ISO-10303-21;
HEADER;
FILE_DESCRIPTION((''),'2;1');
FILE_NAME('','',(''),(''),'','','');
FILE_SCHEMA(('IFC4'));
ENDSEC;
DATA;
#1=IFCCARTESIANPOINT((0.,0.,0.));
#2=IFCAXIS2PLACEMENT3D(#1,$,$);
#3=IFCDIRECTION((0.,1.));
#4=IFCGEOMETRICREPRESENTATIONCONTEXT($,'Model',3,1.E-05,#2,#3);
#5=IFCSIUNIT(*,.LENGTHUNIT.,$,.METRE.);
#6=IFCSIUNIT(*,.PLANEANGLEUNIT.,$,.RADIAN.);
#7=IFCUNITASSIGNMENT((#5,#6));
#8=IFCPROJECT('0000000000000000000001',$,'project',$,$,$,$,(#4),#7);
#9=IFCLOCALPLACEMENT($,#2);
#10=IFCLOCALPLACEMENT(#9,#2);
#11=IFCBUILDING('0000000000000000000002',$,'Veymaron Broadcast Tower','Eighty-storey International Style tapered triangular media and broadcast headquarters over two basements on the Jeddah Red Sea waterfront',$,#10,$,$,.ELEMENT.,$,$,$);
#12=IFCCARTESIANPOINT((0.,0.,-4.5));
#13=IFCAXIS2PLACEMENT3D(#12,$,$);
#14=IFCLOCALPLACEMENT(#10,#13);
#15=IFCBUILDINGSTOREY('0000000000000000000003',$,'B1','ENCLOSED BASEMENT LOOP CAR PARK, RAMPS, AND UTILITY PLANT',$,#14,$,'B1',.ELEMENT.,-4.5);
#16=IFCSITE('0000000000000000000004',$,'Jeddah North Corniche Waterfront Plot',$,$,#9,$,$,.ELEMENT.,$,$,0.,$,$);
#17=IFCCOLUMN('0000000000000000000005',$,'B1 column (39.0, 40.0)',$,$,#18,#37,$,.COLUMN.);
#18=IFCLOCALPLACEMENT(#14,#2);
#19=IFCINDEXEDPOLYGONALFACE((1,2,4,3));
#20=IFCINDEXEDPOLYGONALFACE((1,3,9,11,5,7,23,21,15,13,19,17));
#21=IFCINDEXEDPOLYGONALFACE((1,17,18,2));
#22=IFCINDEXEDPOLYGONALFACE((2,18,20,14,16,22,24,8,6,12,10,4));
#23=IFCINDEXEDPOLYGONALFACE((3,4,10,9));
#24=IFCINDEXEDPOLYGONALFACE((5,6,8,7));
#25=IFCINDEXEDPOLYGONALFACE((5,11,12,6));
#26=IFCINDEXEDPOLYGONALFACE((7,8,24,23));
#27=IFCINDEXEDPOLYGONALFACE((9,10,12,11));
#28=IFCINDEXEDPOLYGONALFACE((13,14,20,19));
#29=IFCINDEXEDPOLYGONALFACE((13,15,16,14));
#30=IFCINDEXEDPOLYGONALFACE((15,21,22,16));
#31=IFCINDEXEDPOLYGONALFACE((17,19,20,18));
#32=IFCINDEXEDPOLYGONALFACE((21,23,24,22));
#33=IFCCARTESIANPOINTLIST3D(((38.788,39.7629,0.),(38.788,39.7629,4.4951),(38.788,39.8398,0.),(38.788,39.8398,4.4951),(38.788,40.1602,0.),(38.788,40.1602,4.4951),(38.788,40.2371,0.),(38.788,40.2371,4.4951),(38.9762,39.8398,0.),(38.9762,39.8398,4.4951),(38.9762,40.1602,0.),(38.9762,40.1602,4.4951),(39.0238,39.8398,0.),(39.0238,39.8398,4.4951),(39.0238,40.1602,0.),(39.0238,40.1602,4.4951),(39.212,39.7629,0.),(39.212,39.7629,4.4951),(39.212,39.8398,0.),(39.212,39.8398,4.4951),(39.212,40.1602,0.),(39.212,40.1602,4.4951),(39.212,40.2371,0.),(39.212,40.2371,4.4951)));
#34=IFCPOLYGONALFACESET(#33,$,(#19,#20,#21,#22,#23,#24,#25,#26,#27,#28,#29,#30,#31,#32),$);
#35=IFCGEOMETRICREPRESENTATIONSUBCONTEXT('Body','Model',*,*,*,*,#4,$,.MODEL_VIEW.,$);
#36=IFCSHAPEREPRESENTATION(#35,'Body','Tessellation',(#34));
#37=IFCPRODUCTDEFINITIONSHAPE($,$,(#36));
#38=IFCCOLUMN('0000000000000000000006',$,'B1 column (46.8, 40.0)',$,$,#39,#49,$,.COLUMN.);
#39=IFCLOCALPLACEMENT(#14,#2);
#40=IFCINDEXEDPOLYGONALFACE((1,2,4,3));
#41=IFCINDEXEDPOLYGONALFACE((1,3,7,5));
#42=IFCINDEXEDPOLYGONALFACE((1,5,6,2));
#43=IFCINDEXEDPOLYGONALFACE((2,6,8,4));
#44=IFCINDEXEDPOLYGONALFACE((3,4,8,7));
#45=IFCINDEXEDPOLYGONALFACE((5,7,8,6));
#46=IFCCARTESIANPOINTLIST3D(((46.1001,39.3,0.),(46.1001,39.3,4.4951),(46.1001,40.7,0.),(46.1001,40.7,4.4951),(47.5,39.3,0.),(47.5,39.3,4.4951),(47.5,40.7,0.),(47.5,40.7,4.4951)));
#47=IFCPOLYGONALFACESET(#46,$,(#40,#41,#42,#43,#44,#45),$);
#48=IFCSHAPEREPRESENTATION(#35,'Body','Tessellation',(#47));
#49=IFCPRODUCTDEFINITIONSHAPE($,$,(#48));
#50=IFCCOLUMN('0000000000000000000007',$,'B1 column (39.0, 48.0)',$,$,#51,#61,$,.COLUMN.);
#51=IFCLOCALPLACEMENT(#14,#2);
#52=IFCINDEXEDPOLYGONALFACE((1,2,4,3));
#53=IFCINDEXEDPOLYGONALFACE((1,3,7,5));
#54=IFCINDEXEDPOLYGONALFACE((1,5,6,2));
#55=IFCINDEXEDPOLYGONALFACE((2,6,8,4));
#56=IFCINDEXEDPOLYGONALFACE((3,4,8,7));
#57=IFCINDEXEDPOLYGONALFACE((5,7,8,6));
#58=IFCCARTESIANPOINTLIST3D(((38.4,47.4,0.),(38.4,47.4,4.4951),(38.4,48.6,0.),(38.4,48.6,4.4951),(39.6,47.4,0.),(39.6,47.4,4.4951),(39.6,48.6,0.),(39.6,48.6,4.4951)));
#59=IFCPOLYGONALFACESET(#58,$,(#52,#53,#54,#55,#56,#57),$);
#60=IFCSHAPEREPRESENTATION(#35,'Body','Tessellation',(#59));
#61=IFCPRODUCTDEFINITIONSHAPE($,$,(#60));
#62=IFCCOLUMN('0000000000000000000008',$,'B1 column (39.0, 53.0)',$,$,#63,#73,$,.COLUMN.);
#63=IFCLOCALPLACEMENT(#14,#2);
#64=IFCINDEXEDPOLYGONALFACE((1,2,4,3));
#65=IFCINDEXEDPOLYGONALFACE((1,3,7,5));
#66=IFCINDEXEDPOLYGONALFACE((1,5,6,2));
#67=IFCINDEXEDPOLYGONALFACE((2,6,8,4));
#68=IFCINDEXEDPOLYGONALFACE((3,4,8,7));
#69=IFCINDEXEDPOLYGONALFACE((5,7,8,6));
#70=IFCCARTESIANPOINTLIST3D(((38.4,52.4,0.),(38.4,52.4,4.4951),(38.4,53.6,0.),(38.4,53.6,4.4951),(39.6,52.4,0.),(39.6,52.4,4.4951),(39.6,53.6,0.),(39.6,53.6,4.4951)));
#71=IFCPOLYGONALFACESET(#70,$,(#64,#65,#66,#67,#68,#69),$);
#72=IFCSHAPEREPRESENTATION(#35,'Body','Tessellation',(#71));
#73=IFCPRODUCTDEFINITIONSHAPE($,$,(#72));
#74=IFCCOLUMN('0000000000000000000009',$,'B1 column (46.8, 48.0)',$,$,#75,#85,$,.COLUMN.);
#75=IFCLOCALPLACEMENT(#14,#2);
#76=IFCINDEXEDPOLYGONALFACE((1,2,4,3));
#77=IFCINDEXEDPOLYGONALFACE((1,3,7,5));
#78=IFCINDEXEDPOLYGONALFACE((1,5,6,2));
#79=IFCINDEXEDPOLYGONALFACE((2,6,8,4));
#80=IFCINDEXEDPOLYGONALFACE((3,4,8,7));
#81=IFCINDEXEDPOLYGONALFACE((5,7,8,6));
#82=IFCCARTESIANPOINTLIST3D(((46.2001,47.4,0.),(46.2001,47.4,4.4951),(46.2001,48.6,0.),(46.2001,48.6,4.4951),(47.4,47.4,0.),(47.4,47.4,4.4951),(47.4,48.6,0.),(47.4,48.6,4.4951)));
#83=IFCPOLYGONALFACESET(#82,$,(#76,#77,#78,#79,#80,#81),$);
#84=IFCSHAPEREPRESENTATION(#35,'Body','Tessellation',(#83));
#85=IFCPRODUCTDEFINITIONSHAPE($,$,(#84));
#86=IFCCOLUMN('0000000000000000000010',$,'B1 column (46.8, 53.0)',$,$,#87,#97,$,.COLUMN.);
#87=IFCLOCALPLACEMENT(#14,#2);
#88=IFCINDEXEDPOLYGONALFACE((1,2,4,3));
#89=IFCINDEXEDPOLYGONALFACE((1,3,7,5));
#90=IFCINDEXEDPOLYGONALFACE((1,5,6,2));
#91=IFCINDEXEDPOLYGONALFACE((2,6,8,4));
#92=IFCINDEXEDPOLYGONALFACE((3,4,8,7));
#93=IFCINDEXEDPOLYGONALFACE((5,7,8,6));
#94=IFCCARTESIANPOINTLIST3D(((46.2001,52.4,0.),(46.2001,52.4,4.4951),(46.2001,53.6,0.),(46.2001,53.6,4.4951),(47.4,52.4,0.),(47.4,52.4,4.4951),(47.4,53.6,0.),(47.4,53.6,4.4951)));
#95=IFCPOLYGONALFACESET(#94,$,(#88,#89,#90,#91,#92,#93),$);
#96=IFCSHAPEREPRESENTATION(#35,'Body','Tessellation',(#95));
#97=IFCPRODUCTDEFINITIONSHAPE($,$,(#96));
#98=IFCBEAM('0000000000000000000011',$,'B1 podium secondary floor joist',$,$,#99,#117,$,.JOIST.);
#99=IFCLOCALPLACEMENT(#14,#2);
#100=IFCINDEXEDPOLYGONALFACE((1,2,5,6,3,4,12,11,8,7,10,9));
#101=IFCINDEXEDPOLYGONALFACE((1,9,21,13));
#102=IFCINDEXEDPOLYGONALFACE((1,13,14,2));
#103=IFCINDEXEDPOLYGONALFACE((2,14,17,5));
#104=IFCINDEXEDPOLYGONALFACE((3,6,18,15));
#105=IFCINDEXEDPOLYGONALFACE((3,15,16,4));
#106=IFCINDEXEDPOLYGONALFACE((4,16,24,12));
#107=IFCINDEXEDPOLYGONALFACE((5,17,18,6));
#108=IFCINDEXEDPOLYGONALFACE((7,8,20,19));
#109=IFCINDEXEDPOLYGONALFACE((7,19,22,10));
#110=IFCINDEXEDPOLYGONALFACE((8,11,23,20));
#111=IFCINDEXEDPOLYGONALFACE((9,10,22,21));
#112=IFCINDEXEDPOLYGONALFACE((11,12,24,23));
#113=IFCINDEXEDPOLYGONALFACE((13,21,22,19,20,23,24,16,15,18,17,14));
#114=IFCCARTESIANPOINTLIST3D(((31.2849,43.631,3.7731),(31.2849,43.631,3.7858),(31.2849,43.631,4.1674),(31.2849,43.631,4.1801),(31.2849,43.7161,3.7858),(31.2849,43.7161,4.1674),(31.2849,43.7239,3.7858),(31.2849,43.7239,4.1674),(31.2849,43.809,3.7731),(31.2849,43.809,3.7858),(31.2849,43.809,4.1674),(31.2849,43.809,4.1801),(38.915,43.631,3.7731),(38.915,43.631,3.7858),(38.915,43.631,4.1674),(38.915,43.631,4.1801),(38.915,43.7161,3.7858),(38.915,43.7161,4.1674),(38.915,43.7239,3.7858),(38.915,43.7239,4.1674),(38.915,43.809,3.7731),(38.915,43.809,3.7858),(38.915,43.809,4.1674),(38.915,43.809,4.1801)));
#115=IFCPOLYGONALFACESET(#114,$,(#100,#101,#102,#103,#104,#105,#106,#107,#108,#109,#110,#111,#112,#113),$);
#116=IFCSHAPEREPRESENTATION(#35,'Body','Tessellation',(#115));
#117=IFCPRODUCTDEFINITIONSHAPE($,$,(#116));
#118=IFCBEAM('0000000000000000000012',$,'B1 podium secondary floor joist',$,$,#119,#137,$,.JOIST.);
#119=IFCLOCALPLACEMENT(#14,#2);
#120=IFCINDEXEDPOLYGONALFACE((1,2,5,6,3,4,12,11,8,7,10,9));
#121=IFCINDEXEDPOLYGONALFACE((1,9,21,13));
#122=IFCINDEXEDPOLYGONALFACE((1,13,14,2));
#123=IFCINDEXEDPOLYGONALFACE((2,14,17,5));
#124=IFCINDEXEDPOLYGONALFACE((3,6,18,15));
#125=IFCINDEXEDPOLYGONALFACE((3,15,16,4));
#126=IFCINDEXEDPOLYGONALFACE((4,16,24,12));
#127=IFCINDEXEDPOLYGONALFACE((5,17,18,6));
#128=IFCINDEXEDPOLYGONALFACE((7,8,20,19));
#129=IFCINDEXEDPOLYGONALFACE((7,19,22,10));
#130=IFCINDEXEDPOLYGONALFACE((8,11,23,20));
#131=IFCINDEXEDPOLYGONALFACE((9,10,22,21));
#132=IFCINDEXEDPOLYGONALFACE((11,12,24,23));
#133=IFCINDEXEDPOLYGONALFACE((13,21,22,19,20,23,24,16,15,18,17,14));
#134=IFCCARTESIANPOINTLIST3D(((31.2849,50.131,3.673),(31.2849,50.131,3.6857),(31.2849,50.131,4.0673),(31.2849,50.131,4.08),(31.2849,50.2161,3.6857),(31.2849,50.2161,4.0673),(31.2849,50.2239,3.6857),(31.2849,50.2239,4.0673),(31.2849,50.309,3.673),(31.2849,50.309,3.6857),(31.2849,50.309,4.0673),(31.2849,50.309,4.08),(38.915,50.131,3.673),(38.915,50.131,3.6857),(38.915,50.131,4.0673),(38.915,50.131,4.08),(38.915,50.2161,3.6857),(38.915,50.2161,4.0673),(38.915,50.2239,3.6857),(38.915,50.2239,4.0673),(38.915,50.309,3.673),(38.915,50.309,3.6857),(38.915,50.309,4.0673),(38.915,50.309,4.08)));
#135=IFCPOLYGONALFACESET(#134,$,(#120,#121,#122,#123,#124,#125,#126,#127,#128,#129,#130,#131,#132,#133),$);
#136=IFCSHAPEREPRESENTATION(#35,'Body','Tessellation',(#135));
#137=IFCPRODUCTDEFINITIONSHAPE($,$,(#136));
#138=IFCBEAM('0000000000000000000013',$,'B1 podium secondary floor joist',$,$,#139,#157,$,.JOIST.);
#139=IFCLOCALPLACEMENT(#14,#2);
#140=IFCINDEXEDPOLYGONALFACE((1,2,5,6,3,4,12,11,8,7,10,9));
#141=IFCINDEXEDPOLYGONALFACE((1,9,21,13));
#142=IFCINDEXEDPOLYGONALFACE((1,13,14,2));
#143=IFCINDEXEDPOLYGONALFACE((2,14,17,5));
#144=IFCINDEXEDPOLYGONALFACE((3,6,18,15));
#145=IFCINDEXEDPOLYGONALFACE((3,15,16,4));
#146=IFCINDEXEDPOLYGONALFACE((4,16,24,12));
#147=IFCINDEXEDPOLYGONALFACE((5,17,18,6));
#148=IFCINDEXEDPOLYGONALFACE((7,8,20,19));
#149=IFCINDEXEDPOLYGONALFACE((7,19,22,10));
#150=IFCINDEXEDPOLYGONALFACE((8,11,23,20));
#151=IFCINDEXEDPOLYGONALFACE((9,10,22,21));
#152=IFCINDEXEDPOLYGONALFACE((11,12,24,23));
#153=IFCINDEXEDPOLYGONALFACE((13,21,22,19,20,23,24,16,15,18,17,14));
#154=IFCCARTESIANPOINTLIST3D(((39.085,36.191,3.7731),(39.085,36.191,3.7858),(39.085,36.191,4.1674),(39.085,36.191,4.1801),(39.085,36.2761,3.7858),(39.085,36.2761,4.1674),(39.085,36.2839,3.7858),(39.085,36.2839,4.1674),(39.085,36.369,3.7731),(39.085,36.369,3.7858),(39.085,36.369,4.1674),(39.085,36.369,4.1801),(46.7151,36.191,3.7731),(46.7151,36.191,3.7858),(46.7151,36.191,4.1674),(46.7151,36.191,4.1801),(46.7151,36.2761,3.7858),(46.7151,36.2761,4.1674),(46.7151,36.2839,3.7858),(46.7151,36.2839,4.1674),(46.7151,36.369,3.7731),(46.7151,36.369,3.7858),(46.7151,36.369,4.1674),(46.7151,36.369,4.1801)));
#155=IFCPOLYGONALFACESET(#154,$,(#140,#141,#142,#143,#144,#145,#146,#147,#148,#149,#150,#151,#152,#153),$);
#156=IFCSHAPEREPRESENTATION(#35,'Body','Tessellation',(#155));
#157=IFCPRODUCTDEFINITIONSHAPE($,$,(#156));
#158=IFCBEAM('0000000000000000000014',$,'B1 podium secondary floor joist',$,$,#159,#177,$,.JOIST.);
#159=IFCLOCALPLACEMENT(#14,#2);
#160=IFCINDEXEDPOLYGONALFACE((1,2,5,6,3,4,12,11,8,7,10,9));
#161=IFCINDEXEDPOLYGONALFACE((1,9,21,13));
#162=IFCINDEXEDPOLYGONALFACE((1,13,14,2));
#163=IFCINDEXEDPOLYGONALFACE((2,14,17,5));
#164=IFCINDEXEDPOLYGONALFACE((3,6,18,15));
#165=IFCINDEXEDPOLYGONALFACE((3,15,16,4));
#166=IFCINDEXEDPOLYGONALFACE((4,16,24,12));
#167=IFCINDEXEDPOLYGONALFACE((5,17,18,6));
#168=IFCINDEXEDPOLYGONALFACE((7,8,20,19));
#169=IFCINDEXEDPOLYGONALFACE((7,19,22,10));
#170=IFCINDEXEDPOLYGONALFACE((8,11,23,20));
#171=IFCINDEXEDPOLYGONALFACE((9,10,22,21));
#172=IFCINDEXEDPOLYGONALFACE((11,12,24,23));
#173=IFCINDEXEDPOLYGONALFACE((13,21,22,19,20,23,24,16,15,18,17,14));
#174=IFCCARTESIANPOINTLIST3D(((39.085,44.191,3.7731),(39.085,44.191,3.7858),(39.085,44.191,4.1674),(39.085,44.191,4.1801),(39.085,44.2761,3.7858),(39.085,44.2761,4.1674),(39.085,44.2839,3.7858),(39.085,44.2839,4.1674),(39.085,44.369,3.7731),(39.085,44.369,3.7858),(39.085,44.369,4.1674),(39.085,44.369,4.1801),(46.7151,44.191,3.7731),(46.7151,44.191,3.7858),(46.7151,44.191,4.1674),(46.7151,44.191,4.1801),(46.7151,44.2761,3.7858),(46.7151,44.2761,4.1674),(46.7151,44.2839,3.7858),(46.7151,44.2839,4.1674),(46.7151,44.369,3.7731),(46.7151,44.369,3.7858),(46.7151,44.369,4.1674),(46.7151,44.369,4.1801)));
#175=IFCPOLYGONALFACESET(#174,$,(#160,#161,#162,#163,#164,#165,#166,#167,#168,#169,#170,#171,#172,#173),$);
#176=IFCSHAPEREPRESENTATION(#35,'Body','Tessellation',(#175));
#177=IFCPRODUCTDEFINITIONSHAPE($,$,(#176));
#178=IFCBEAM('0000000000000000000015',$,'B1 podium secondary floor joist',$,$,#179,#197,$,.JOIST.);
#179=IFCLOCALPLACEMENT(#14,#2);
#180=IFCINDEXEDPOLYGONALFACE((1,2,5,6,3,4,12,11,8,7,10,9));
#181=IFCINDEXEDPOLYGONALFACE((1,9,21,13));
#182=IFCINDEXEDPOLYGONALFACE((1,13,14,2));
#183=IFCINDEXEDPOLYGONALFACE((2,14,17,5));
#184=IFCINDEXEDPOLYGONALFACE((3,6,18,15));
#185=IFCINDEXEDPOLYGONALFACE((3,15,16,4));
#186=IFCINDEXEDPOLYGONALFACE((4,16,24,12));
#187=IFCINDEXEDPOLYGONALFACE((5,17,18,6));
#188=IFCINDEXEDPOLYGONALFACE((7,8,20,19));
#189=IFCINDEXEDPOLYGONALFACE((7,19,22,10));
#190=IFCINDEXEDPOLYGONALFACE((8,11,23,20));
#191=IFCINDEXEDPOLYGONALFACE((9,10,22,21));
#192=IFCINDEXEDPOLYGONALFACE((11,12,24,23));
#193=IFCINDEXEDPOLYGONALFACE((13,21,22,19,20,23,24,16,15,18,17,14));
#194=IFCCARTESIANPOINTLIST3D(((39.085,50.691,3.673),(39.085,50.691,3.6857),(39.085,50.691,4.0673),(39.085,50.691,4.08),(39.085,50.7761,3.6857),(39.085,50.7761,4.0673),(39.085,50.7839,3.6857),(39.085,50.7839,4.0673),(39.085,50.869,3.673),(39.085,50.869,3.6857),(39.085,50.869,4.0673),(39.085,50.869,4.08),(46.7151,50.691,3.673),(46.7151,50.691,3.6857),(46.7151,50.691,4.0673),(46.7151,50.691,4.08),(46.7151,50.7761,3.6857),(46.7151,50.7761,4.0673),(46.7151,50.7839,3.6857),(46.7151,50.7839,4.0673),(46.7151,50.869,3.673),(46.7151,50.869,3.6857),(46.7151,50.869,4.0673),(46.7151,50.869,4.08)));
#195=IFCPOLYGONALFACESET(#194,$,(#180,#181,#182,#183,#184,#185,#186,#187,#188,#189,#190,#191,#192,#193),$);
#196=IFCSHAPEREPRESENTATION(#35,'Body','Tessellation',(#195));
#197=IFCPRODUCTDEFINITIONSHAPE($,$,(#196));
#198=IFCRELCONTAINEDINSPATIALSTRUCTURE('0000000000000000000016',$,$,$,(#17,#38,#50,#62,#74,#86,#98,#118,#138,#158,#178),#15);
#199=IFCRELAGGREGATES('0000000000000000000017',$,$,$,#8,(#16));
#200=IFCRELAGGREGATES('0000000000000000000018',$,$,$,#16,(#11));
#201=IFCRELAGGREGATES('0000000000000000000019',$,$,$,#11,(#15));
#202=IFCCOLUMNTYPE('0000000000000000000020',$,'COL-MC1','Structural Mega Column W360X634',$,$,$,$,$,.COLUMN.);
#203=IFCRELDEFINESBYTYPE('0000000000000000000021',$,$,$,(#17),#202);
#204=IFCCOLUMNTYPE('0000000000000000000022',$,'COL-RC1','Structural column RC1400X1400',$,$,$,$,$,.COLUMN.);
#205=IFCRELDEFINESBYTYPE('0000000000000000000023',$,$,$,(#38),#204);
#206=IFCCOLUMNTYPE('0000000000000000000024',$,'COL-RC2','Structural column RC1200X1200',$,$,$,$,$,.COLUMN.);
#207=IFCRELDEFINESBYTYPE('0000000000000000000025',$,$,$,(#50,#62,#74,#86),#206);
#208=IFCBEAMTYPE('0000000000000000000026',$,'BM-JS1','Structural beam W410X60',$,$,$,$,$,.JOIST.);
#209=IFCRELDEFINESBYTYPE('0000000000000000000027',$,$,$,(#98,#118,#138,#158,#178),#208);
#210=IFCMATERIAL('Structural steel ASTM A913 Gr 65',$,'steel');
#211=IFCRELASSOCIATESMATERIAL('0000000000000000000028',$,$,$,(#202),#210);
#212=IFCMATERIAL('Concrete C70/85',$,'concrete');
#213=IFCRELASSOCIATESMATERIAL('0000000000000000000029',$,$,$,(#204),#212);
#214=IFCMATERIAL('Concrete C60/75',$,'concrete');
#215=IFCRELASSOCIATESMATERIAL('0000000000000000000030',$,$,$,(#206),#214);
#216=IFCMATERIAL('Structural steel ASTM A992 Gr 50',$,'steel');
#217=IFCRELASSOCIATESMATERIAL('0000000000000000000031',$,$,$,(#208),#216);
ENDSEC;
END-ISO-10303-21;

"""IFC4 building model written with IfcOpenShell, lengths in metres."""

from ifc_helpers import new_model, si_unit, direction, frame, origin, origin_2d, place, context, subcontext, project, spatial, rectangle, i_section, extrude, material, material_profile, profile_set, type_object, element, save


model = new_model("IFC4")

# Units and contexts
model_context = context("Model", 3, precision=1e-05, world=origin(), true_north=direction((0.0, 1.0)))
body_context = subcontext(model_context, "Body", "Model", "MODEL_VIEW")
ifc_project = project(units=[si_unit("LENGTHUNIT", "METRE"), si_unit("PLANEANGLEUNIT", "RADIAN")], contexts=[model_context])

# Site, building, storey
site_placement = place(None, origin())
site = spatial("IfcSite", under=ifc_project, at=site_placement, Name="Jeddah North Corniche Waterfront Plot", CompositionType="ELEMENT", RefElevation=0.0)
building_placement = place(site_placement, origin())
building = spatial("IfcBuilding", under=site, at=building_placement, Name="Veymaron Broadcast Tower", Description="Eighty-storey International Style tapered triangular media and broadcast headquarters over two basements on the Jeddah Red Sea waterfront", CompositionType="ELEMENT")
storey_placement = place(building_placement, frame((0.0, 0.0, -4.5)))
storey = spatial("IfcBuildingStorey", under=building, at=storey_placement, Name="B1", Description="ENCLOSED BASEMENT LOOP CAR PARK, RAMPS, AND UTILITY PLANT", LongName="B1", CompositionType="ELEMENT", Elevation=-4.5)

# Columns
ifc_material_1 = material(Name="Structural steel ASTM A913 Gr 65", Category="steel")
ifc_material_profile_1 = material_profile(ifc_material_1, i_section(OverallWidth=0.4241, OverallDepth=0.4741, WebThickness=0.0476, FlangeThickness=0.0769, at=origin_2d()), Name="W360X634")
ifc_profile_set_1 = profile_set([ifc_material_profile_1], Name="Structural steel ASTM A913 Gr 65")
column_type_1 = type_object("IfcColumnType", Name="COL-MC1", Description="Structural Mega Column W360X634", PredefinedType="COLUMN", material=ifc_profile_set_1)
column_1_placement = place(storey_placement, frame((39.0, 40.0, 0.0), z_axis=(0.0, 0.0, 1.0), x_axis=(1.0, 0.0, 0.0)))
element("IfcColumn", 1, at=column_1_placement, inside=storey, type_object=column_type_1, Name="B1 column (39.0, 40.0)", PredefinedType="COLUMN", context=body_context, shape_type="SweptSolid", body=[
    extrude(i_section(OverallWidth=0.4241, OverallDepth=0.4741, WebThickness=0.0476, FlangeThickness=0.0769, at=origin_2d()), origin(), (0.0, 0.0, 1.0), 4.4951),
])
ifc_material_2 = material(Name="Concrete C70/85", Category="concrete")
ifc_material_profile_2 = material_profile(ifc_material_2, rectangle(XDim=1.3999, YDim=1.3999, at=origin_2d()), Name="RC1400X1400")
ifc_profile_set_2 = profile_set([ifc_material_profile_2], Name="Concrete C70/85")
column_type_2 = type_object("IfcColumnType", Name="COL-RC1", Description="Structural column RC1400X1400", PredefinedType="COLUMN", material=ifc_profile_set_2)
column_2_placement = place(storey_placement, frame((46.8, 40.0, 0.0), z_axis=(0.0, 0.0, 1.0), x_axis=(1.0, 0.0, 0.0)))
element("IfcColumn", 2, at=column_2_placement, inside=storey, type_object=column_type_2, Name="B1 column (46.8, 40.0)", PredefinedType="COLUMN", context=body_context, shape_type="SweptSolid", body=[
    extrude(rectangle(XDim=1.3999, YDim=1.3999, at=origin_2d()), origin(), (0.0, 0.0, 1.0), 4.4951),
])
ifc_material_3 = material(Name="Concrete C60/75", Category="concrete")
ifc_material_profile_3 = material_profile(ifc_material_3, rectangle(XDim=1.2, YDim=1.2, at=origin_2d()), Name="RC1200X1200")
ifc_profile_set_3 = profile_set([ifc_material_profile_3], Name="Concrete C60/75")
column_type_3 = type_object("IfcColumnType", Name="COL-RC2", Description="Structural column RC1200X1200", PredefinedType="COLUMN", material=ifc_profile_set_3)
for number, where, z_axis, x_axis, name in (
    (3, (39.0, 48.0, 0.0), (0.0, 0.0, 1.0), (1.0, 0.0, 0.0), "B1 column (39.0, 48.0)"),
    (4, (39.0, 53.0, 0.0), (0.0, 0.0, 1.0), (1.0, 0.0, 0.0), "B1 column (39.0, 53.0)"),
    (5, (46.8, 48.0, 0.0), (0.0, 0.0, 1.0), (1.0, 0.0, 0.0), "B1 column (46.8, 48.0)"),
    (6, (46.8, 53.0, 0.0), (0.0, 0.0, 1.0), (1.0, 0.0, 0.0), "B1 column (46.8, 53.0)"),
):
    element("IfcColumn", number, at=place(storey_placement, frame(where, z_axis=z_axis, x_axis=x_axis)), inside=storey, type_object=column_type_3, Name=name, PredefinedType="COLUMN", context=body_context, shape_type="SweptSolid", body=[
        extrude(rectangle(XDim=1.2, YDim=1.2, at=origin_2d()), origin(), (0.0, 0.0, 1.0), 4.4951),
    ])

# Beams
ifc_material_4 = material(Name="Structural steel ASTM A992 Gr 50", Category="steel")
ifc_material_profile_4 = material_profile(ifc_material_4, i_section(OverallWidth=0.178, OverallDepth=0.407, WebThickness=0.0078, FlangeThickness=0.0127, at=origin_2d()), Name="W410X60")
ifc_profile_set_4 = profile_set([ifc_material_profile_4], Name="Structural steel ASTM A992 Gr 50")
beam_type_1 = type_object("IfcBeamType", Name="BM-JS1", Description="Structural beam W410X60", PredefinedType="JOIST", material=ifc_profile_set_4)
for number, where, z_axis, x_axis, name in (
    (7, (31.2849, 43.72, 3.9766), (1.0, 0.0, 0.0), (0.0, 1.0, 0.0), "B1 podium secondary floor joist"),
    (8, (31.2849, 50.22, 3.8765), (1.0, 0.0, 0.0), (0.0, 1.0, 0.0), "B1 podium secondary floor joist"),
    (9, (39.085, 36.28, 3.9766), (1.0, 0.0, 0.0), (0.0, 1.0, 0.0), "B1 podium secondary floor joist"),
    (10, (39.085, 44.28, 3.9766), (1.0, 0.0, 0.0), (0.0, 1.0, 0.0), "B1 podium secondary floor joist"),
    (11, (39.085, 50.78, 3.8765), (1.0, 0.0, 0.0), (0.0, 1.0, 0.0), "B1 podium secondary floor joist"),
):
    element("IfcBeam", number, at=place(storey_placement, frame(where, z_axis=z_axis, x_axis=x_axis)), inside=storey, type_object=beam_type_1, Name=name, PredefinedType="JOIST", context=body_context, shape_type="SweptSolid", body=[
        extrude(i_section(OverallWidth=0.178, OverallDepth=0.407, WebThickness=0.0078, FlangeThickness=0.0127, at=origin_2d()), origin(), (0.0, 0.0, 1.0), 7.6301),
    ])

save(model, "model.ifc")
